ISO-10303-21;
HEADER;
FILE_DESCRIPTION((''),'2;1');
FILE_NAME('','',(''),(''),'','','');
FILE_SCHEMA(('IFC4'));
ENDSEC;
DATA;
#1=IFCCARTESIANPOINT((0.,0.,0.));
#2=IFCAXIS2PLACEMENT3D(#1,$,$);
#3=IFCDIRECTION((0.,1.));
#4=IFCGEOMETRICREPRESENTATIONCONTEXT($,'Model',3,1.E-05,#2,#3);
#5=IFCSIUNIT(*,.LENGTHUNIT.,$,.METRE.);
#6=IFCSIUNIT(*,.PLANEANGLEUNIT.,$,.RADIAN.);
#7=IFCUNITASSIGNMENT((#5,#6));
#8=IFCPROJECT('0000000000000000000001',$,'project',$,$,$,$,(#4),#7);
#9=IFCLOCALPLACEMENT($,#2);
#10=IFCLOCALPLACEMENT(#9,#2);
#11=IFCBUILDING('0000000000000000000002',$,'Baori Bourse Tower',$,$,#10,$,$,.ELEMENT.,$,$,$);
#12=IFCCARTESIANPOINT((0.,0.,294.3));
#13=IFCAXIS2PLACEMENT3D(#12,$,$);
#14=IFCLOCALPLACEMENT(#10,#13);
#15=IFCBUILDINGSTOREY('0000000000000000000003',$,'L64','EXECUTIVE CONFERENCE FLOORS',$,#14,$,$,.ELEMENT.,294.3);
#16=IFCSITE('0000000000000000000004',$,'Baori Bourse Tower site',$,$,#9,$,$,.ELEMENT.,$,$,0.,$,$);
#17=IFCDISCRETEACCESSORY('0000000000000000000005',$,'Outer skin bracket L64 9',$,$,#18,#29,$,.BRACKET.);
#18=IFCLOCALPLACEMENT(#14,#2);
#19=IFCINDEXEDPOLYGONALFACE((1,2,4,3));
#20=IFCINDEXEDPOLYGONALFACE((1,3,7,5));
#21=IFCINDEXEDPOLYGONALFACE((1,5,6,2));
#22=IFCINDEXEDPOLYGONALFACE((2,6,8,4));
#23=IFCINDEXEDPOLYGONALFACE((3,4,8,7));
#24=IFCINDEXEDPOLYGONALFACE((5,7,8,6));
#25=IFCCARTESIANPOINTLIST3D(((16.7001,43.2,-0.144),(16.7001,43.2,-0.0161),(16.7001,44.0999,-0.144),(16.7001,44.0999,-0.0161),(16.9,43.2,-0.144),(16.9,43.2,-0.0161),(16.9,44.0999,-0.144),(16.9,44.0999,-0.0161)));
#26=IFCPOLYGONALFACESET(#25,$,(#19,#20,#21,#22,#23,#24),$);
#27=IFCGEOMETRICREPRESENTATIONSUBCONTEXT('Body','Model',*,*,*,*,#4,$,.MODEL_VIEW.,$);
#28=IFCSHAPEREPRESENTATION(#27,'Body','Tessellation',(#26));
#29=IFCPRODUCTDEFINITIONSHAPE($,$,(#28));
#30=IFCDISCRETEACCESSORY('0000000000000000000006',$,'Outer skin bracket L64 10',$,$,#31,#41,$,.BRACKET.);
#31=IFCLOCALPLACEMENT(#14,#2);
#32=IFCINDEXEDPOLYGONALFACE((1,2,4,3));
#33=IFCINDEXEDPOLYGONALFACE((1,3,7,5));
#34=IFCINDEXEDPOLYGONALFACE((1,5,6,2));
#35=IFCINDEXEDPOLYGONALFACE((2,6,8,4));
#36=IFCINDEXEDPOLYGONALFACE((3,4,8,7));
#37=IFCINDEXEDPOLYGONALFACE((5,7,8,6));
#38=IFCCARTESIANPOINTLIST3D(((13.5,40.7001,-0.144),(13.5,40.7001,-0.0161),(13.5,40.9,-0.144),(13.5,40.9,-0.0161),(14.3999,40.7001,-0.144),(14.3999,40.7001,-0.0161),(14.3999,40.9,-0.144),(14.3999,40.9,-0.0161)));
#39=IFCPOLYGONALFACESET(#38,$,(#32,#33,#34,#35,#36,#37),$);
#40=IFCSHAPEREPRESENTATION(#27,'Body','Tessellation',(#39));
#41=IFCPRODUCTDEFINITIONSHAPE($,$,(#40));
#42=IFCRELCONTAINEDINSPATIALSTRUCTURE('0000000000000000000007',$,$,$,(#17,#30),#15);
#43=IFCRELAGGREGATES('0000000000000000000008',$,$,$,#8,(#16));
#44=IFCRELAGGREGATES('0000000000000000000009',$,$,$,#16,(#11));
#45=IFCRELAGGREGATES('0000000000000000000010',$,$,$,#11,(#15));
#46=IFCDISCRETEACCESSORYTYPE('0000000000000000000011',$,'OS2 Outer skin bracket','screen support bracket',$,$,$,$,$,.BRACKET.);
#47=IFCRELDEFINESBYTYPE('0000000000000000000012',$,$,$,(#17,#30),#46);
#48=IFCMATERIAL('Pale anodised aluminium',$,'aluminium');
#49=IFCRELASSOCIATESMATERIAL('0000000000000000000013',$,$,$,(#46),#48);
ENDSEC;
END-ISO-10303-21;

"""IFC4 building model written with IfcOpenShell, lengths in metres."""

from ifc_helpers import new_model, si_unit, direction, frame, origin, origin_2d, place, context, subcontext, project, spatial, rectangle, extrude, material, type_object, element, save


model = new_model("IFC4")

# Units and contexts
model_context = context("Model", 3, precision=1e-05, world=origin(), true_north=direction((0.0, 1.0)))
body_context = subcontext(model_context, "Body", "Model", "MODEL_VIEW")
ifc_project = project(units=[si_unit("LENGTHUNIT", "METRE"), si_unit("PLANEANGLEUNIT", "RADIAN")], contexts=[model_context])

# Site, building, storey
site_placement = place(None, origin())
site = spatial("IfcSite", under=ifc_project, at=site_placement, Name="Baori Bourse Tower site", CompositionType="ELEMENT", RefElevation=0.0)
building_placement = place(site_placement, origin())
building = spatial("IfcBuilding", under=site, at=building_placement, Name="Baori Bourse Tower", CompositionType="ELEMENT")
storey_placement = place(building_placement, frame((0.0, 0.0, 294.3)))
storey = spatial("IfcBuildingStorey", under=building, at=storey_placement, Name="L64", Description="EXECUTIVE CONFERENCE FLOORS", CompositionType="ELEMENT", Elevation=294.3)

# Discrete accessories
ifc_material_1 = material(Name="Pale anodised aluminium", Category="aluminium")
discrete_accessory_type = type_object("IfcDiscreteAccessoryType", Name="OS2 Outer skin bracket", Description="screen support bracket", PredefinedType="BRACKET", material=ifc_material_1)
for number, where, z_axis, x_axis, name in (
    (1, (16.8, 43.6499, -0.144), (0.0, 0.0, 1.0), (-1.0, 0.0, 0.0), "Outer skin bracket L64 9"),
    (2, (13.95, 40.8, -0.144), (0.0, 0.0, 1.0), (0.0, -1.0, 0.0), "Outer skin bracket L64 10"),
):
    element("IfcDiscreteAccessory", number, at=place(storey_placement, frame(where, z_axis=z_axis, x_axis=x_axis)), inside=storey, type_object=discrete_accessory_type, Name=name, PredefinedType="BRACKET", context=body_context, shape_type="SweptSolid", body=[
        extrude(rectangle(XDim=0.2, YDim=0.8999, at=origin_2d()), origin(), (0.0, 0.0, 1.0), 0.1279),
    ])

save(model, "model.ifc")
